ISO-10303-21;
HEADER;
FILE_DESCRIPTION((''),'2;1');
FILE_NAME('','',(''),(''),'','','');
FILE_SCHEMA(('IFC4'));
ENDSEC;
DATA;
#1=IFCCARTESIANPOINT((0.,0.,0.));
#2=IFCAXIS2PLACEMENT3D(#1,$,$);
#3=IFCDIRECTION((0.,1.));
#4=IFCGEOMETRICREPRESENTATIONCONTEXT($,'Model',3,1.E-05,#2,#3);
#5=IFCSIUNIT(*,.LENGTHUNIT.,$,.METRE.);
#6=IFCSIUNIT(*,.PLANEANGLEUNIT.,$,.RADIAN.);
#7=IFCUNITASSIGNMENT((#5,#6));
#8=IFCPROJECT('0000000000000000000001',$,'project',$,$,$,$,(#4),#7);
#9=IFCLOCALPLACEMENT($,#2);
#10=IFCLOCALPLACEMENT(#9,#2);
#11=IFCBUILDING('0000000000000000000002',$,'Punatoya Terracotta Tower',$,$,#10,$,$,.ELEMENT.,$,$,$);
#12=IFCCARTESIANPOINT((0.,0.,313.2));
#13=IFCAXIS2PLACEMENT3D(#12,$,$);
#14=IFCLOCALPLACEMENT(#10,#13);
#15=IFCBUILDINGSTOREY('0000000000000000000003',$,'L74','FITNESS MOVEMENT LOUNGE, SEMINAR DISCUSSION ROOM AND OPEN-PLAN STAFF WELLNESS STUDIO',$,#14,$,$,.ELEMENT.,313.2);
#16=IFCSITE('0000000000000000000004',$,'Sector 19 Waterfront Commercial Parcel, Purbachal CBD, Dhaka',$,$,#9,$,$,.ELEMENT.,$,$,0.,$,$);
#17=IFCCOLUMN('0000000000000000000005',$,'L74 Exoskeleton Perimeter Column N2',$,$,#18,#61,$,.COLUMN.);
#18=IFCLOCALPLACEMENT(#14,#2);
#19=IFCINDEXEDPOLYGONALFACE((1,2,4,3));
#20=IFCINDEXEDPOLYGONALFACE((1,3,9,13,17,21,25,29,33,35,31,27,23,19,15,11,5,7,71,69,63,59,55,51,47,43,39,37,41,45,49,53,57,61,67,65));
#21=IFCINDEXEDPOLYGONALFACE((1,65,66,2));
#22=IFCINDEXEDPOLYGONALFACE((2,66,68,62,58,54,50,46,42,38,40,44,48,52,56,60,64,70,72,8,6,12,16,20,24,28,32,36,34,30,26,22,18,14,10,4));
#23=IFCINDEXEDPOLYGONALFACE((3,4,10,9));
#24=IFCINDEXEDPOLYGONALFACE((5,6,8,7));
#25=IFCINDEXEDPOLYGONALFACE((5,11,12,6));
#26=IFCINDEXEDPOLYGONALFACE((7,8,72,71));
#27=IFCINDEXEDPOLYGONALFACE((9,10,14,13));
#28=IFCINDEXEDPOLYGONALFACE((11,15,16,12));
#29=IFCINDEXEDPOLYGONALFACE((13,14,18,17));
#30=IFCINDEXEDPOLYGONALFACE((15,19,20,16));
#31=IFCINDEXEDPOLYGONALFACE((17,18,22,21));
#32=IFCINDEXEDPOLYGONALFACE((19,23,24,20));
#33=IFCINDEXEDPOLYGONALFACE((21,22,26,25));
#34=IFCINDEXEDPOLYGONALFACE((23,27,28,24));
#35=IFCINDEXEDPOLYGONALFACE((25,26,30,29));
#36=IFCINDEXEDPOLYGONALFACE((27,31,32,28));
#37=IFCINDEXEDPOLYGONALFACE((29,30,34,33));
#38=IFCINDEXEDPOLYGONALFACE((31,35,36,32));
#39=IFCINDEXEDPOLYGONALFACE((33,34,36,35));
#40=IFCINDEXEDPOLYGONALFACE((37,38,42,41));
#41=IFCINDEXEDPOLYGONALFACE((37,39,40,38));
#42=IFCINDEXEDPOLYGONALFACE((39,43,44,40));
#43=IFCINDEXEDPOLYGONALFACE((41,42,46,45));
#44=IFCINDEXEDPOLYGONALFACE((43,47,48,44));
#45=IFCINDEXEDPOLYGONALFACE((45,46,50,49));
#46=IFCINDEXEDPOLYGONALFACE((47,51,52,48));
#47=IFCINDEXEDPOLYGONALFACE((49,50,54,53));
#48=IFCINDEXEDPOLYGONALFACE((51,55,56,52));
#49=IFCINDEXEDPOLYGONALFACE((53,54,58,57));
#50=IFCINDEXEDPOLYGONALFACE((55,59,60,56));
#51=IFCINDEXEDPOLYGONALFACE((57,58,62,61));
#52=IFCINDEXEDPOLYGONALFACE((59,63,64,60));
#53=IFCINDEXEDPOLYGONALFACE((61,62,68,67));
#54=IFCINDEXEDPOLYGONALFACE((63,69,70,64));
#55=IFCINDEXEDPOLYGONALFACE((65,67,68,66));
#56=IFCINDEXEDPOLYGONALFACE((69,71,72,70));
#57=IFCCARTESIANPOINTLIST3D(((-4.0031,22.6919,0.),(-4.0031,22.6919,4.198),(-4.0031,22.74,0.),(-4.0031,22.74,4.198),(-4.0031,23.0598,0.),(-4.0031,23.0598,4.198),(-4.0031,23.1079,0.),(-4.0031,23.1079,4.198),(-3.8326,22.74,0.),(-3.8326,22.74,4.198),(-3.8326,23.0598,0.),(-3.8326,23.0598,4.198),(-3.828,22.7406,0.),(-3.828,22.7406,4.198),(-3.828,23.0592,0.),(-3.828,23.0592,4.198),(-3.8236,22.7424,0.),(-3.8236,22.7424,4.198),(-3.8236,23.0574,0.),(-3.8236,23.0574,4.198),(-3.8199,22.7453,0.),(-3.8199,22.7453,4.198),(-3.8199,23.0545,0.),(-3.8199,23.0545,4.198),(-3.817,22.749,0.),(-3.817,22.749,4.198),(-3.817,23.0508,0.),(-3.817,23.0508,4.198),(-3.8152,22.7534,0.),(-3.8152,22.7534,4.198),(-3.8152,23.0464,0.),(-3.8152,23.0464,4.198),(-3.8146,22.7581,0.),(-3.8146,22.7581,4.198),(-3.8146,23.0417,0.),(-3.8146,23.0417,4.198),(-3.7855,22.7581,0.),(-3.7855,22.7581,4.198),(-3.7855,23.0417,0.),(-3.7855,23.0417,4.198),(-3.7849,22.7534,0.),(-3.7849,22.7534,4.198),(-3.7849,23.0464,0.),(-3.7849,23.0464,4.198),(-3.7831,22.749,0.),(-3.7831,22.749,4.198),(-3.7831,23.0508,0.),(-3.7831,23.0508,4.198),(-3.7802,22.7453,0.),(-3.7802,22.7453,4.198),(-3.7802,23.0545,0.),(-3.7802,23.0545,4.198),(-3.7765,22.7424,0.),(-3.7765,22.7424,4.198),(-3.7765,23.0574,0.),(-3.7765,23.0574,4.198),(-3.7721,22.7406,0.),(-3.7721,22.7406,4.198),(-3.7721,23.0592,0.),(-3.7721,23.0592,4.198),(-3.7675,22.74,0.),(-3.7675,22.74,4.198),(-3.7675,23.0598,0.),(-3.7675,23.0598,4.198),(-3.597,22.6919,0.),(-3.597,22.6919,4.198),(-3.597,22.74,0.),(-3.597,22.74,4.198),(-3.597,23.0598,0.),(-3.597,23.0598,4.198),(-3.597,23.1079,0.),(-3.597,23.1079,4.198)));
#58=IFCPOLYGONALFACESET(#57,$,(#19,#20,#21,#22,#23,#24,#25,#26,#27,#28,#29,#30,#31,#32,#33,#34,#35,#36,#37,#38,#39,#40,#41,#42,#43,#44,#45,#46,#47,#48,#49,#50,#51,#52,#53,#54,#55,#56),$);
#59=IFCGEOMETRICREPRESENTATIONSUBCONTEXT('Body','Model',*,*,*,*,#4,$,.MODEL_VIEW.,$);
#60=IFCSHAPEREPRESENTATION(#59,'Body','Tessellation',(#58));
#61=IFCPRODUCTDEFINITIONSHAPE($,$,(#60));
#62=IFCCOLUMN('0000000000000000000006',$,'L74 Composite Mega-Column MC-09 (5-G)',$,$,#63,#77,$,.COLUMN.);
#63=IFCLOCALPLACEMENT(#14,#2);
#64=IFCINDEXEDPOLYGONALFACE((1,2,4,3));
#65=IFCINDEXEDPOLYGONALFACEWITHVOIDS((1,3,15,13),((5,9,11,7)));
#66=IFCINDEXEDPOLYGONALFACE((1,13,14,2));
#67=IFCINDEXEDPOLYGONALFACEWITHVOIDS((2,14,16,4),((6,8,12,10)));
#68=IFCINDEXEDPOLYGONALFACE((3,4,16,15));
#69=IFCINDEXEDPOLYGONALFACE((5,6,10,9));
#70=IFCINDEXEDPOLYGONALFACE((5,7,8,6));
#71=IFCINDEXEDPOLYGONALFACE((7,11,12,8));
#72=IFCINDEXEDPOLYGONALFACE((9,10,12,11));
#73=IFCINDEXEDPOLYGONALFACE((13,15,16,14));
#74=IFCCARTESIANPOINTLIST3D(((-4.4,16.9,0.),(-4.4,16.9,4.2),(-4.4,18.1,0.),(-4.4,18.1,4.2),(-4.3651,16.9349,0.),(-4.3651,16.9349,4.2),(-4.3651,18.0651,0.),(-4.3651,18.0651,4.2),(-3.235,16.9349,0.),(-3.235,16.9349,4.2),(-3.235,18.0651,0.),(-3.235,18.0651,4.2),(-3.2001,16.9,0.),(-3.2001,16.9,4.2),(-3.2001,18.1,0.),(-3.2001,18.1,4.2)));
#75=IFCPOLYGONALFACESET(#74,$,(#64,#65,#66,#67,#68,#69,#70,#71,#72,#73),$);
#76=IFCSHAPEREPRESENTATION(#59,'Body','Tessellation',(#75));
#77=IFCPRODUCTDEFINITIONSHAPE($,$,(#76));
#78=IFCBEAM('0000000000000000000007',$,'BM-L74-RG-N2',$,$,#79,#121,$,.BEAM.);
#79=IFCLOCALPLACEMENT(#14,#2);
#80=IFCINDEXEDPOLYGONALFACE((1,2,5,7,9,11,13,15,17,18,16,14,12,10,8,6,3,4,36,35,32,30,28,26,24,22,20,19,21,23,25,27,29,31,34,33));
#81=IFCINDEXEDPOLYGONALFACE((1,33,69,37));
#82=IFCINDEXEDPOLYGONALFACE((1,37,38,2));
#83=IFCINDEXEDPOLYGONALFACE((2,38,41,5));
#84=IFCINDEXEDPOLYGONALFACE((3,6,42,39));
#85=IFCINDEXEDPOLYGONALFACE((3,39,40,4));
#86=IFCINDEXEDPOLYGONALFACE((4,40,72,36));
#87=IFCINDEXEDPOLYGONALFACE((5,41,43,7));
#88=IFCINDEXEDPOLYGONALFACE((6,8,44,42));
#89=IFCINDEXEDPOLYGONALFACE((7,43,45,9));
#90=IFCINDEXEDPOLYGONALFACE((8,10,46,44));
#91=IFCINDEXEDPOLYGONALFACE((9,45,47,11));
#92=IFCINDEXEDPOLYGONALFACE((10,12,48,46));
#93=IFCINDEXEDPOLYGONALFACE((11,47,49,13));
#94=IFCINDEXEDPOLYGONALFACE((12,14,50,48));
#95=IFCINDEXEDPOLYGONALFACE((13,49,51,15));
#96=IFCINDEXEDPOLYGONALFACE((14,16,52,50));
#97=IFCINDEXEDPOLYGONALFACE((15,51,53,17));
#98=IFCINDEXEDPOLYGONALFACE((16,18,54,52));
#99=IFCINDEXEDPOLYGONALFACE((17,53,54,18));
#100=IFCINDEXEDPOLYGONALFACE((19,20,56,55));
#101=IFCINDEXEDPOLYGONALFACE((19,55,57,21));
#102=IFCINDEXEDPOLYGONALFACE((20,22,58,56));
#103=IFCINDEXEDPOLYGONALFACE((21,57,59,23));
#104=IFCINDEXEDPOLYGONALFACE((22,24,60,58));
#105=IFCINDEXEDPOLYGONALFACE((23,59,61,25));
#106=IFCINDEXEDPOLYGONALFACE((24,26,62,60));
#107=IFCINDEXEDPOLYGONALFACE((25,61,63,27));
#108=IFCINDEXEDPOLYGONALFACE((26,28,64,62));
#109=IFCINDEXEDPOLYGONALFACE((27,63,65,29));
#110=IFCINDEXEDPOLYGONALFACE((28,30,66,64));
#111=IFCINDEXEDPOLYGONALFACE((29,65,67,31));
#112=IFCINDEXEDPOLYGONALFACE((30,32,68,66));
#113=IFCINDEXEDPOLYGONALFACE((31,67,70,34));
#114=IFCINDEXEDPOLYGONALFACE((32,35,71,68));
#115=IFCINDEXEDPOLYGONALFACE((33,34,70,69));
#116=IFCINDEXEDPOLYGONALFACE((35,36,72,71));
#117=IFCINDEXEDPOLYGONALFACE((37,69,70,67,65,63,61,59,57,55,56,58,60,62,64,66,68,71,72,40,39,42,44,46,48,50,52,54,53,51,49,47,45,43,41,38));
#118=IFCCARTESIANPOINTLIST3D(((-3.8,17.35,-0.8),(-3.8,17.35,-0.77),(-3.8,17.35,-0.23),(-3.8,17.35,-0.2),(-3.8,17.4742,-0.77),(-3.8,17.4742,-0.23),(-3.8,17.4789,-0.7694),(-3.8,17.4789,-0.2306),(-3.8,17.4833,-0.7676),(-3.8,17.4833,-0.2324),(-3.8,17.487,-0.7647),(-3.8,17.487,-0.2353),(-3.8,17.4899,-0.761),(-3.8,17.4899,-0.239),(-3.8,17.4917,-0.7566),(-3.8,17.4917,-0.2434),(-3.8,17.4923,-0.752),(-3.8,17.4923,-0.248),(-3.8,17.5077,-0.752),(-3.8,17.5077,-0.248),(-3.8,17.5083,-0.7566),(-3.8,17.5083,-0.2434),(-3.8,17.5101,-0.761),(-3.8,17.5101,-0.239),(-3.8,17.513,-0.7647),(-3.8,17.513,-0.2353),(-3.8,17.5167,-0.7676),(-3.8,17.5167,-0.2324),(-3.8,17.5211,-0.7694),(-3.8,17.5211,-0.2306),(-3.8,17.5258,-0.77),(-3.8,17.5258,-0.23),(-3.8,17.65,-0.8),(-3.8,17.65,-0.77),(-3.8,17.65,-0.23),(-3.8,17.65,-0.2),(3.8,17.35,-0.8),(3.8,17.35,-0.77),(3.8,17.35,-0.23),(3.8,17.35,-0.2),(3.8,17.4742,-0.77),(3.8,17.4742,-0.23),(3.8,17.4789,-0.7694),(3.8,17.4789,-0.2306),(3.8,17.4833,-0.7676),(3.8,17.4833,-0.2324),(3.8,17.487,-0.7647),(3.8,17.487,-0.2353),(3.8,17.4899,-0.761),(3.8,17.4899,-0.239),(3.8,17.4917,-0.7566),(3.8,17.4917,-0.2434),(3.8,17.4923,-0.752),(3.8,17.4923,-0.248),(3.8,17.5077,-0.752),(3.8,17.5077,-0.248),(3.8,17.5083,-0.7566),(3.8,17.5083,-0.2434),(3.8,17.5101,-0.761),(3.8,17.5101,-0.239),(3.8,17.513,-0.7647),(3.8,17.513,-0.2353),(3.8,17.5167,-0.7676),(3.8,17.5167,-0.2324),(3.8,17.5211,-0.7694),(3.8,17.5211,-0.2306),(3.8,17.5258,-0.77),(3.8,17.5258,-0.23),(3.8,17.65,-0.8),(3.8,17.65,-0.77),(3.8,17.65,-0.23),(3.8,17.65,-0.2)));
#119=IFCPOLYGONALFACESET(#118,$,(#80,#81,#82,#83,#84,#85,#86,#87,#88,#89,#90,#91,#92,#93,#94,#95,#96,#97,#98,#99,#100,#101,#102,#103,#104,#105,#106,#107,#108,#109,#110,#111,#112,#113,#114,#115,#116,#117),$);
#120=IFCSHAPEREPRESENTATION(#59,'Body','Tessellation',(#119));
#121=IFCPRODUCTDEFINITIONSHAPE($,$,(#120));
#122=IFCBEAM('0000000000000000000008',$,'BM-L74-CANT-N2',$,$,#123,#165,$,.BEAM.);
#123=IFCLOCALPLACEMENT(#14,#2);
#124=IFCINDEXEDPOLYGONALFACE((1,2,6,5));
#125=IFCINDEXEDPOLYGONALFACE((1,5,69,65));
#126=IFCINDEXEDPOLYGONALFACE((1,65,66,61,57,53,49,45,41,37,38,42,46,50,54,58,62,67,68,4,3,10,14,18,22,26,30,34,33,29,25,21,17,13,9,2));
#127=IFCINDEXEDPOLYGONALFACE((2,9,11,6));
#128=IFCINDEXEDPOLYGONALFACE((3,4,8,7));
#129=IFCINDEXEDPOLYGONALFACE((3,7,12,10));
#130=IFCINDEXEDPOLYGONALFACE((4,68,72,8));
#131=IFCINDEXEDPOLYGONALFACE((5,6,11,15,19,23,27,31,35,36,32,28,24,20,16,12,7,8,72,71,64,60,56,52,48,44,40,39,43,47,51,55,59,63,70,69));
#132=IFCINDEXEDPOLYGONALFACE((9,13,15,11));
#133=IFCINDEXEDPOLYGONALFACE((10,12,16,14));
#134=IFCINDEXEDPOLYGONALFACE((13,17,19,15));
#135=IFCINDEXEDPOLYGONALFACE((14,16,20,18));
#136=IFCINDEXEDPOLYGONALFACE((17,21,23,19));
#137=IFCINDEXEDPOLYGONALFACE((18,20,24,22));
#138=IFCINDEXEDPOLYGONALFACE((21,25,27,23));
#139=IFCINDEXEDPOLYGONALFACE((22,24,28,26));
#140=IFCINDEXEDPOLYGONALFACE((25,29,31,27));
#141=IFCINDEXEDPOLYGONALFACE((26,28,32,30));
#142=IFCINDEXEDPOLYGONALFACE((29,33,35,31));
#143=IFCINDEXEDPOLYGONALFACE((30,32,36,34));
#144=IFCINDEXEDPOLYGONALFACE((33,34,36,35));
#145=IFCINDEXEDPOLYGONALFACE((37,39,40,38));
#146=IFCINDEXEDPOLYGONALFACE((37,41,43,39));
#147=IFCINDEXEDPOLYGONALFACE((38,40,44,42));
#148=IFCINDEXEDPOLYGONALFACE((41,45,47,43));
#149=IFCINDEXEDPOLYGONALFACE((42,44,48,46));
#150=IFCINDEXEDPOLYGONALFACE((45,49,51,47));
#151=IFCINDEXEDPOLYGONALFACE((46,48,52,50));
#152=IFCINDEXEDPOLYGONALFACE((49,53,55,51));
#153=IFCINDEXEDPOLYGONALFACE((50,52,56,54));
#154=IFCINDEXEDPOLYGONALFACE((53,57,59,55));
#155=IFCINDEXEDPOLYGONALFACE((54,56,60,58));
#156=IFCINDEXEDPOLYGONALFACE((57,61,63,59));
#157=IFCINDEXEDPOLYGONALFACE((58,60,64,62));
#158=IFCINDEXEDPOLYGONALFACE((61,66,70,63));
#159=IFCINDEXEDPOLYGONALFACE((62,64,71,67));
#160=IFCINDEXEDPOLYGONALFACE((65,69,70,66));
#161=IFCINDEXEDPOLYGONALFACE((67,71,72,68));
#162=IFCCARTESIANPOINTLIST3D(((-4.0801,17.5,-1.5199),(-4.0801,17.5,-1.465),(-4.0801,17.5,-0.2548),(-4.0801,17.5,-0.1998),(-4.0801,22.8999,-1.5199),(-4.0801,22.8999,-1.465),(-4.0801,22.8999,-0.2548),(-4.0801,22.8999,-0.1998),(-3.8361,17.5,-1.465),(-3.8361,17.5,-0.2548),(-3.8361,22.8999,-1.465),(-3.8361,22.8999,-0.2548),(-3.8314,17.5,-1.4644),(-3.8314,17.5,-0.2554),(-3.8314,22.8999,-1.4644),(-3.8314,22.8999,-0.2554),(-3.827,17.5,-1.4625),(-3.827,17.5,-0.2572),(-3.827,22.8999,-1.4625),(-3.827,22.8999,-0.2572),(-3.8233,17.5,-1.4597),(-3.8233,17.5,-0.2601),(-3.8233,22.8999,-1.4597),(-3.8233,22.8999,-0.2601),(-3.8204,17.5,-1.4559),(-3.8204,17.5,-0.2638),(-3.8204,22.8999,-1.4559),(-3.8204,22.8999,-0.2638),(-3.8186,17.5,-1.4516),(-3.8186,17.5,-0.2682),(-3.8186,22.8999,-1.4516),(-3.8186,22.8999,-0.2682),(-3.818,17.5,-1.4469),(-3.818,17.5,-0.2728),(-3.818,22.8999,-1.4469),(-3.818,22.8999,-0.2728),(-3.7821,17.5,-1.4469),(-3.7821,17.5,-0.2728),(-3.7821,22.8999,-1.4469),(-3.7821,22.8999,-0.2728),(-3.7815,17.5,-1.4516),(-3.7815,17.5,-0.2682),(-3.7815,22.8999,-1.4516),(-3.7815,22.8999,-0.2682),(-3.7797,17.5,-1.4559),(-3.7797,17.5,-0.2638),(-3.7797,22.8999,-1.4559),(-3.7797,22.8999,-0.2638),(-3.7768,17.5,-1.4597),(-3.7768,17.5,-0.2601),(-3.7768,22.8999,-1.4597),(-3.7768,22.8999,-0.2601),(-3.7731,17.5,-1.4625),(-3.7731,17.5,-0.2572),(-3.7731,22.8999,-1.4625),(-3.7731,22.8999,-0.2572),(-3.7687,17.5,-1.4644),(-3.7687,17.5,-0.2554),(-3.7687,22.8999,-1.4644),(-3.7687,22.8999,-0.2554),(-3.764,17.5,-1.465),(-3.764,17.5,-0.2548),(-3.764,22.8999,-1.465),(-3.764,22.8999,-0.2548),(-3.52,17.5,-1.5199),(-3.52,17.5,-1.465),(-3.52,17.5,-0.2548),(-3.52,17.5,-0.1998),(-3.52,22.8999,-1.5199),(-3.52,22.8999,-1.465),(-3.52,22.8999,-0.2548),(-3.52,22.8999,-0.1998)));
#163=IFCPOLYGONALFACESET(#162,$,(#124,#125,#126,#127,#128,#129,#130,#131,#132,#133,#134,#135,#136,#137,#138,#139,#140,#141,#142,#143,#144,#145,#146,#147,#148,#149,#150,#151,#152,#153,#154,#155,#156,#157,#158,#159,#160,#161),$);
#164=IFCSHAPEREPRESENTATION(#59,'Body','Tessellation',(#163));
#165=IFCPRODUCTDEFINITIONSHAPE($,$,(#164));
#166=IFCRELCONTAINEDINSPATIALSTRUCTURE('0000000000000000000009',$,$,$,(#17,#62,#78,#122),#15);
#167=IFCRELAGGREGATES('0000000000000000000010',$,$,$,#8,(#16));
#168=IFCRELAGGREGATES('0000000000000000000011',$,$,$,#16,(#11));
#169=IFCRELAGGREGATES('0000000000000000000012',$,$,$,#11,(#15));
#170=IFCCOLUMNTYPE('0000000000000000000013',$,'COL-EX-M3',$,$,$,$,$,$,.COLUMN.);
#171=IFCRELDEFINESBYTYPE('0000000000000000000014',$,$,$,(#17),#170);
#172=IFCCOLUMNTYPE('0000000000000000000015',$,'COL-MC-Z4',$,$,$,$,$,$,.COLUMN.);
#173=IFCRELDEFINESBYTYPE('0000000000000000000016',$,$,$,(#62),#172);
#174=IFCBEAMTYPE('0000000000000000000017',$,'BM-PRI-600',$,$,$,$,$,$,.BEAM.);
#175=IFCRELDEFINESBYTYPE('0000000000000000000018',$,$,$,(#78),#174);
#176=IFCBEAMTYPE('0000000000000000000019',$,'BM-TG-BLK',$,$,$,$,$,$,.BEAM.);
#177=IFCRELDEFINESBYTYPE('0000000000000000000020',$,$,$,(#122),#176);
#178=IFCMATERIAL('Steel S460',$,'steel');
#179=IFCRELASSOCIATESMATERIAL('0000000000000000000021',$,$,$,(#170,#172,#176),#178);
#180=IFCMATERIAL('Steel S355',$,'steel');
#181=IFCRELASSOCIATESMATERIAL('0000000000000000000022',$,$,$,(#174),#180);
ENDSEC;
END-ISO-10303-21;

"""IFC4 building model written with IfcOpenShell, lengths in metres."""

from ifc_helpers import new_model, si_unit, direction, frame, origin, origin_2d, place, context, subcontext, project, spatial, hollow_rectangle, i_section, extrude, material, material_profile, profile_set, type_object, element, save


model = new_model("IFC4")

# Units and contexts
model_context = context("Model", 3, precision=1e-05, world=origin(), true_north=direction((0.0, 1.0)))
body_context = subcontext(model_context, "Body", "Model", "MODEL_VIEW")
ifc_project = project(units=[si_unit("LENGTHUNIT", "METRE"), si_unit("PLANEANGLEUNIT", "RADIAN")], contexts=[model_context])

# Site, building, storey
site_placement = place(None, origin())
site = spatial("IfcSite", under=ifc_project, at=site_placement, Name="Sector 19 Waterfront Commercial Parcel, Purbachal CBD, Dhaka", CompositionType="ELEMENT", RefElevation=0.0)
building_placement = place(site_placement, origin())
building = spatial("IfcBuilding", under=site, at=building_placement, Name="Punatoya Terracotta Tower", CompositionType="ELEMENT")
storey_placement = place(building_placement, frame((0.0, 0.0, 313.2)))
storey = spatial("IfcBuildingStorey", under=building, at=storey_placement, Name="L74", Description="FITNESS MOVEMENT LOUNGE, SEMINAR DISCUSSION ROOM AND OPEN-PLAN STAFF WELLNESS STUDIO", CompositionType="ELEMENT", Elevation=313.2)

# Columns
ifc_material_1 = material(Name="Steel S460", Category="steel")
ifc_material_profile_1 = material_profile(ifc_material_1, i_section(OverallWidth=0.406, OverallDepth=0.416, WebThickness=0.0291, FlangeThickness=0.0481, FilletRadius=0.0181, at=origin_2d()))
ifc_profile_set_1 = profile_set([ifc_material_profile_1], Name="Steel S460")
column_type_1 = type_object("IfcColumnType", Name="COL-EX-M3", PredefinedType="COLUMN", material=ifc_profile_set_1)
column_1_placement = place(storey_placement, frame((-3.8, 22.8999, 0.0), z_axis=(0.0, 0.0, 1.0), x_axis=(1.0, 0.0, 0.0)))
element("IfcColumn", 1, at=column_1_placement, inside=storey, type_object=column_type_1, Name="L74 Exoskeleton Perimeter Column N2", PredefinedType="COLUMN", context=body_context, shape_type="SweptSolid", body=[
    extrude(i_section(OverallWidth=0.406, OverallDepth=0.416, WebThickness=0.0291, FlangeThickness=0.0481, FilletRadius=0.0181, at=origin_2d()), origin(), (0.0, 0.0, 1.0), 4.198),
])
ifc_material_profile_2 = material_profile(ifc_material_1, hollow_rectangle(XDim=1.2, YDim=1.2, WallThickness=0.0349, at=origin_2d()))
ifc_profile_set_2 = profile_set([ifc_material_profile_2], Name="Steel S460")
column_type_2 = type_object("IfcColumnType", Name="COL-MC-Z4", PredefinedType="COLUMN", material=ifc_profile_set_2)
column_2_placement = place(storey_placement, frame((-3.8, 17.5, 0.0), z_axis=(0.0, 0.0, 1.0), x_axis=(1.0, 0.0, 0.0)))
element("IfcColumn", 2, at=column_2_placement, inside=storey, type_object=column_type_2, Name="L74 Composite Mega-Column MC-09 (5-G)", PredefinedType="COLUMN", context=body_context, shape_type="SweptSolid", body=[
    extrude(hollow_rectangle(XDim=1.2, YDim=1.2, WallThickness=0.0349, at=origin_2d()), origin(), (0.0, 0.0, 1.0), 4.2),
])

# Beams
ifc_material_2 = material(Name="Steel S355", Category="steel")
ifc_material_profile_3 = material_profile(ifc_material_2, i_section(OverallWidth=0.3, OverallDepth=0.6001, WebThickness=0.0154, FlangeThickness=0.03, FilletRadius=0.0181, at=origin_2d()))
ifc_profile_set_3 = profile_set([ifc_material_profile_3], Name="Steel S355")
beam_type_1 = type_object("IfcBeamType", Name="BM-PRI-600", PredefinedType="BEAM", material=ifc_profile_set_3)
beam_1_placement = place(storey_placement, frame((-3.8, 17.5, -0.5), z_axis=(1.0, 0.0, 0.0), x_axis=(0.0, 1.0, 0.0)))
element("IfcBeam", 3, at=beam_1_placement, inside=storey, type_object=beam_type_1, Name="BM-L74-RG-N2", PredefinedType="BEAM", context=body_context, shape_type="SweptSolid", body=[
    extrude(i_section(OverallWidth=0.3, OverallDepth=0.6001, WebThickness=0.0154, FlangeThickness=0.03, FilletRadius=0.0181, at=origin_2d()), origin(), (0.0, 0.0, 1.0), 7.6001),
])
ifc_material_profile_4 = material_profile(ifc_material_1, i_section(OverallWidth=0.5601, OverallDepth=1.3201, WebThickness=0.0359, FlangeThickness=0.0549, FilletRadius=0.0181, at=origin_2d()))
ifc_profile_set_4 = profile_set([ifc_material_profile_4], Name="Steel S460")
beam_type_2 = type_object("IfcBeamType", Name="BM-TG-BLK", PredefinedType="BEAM", material=ifc_profile_set_4)
beam_2_placement = place(storey_placement, frame((-3.8, 17.5, -0.8599), z_axis=(0.0, 1.0, 0.0), x_axis=(-1.0, 0.0, 0.0)))
element("IfcBeam", 4, at=beam_2_placement, inside=storey, type_object=beam_type_2, Name="BM-L74-CANT-N2", PredefinedType="BEAM", context=body_context, shape_type="SweptSolid", body=[
    extrude(i_section(OverallWidth=0.5601, OverallDepth=1.3201, WebThickness=0.0359, FlangeThickness=0.0549, FilletRadius=0.0181, at=origin_2d()), origin(), (0.0, 0.0, 1.0), 5.3999),
])

save(model, "model.ifc")
